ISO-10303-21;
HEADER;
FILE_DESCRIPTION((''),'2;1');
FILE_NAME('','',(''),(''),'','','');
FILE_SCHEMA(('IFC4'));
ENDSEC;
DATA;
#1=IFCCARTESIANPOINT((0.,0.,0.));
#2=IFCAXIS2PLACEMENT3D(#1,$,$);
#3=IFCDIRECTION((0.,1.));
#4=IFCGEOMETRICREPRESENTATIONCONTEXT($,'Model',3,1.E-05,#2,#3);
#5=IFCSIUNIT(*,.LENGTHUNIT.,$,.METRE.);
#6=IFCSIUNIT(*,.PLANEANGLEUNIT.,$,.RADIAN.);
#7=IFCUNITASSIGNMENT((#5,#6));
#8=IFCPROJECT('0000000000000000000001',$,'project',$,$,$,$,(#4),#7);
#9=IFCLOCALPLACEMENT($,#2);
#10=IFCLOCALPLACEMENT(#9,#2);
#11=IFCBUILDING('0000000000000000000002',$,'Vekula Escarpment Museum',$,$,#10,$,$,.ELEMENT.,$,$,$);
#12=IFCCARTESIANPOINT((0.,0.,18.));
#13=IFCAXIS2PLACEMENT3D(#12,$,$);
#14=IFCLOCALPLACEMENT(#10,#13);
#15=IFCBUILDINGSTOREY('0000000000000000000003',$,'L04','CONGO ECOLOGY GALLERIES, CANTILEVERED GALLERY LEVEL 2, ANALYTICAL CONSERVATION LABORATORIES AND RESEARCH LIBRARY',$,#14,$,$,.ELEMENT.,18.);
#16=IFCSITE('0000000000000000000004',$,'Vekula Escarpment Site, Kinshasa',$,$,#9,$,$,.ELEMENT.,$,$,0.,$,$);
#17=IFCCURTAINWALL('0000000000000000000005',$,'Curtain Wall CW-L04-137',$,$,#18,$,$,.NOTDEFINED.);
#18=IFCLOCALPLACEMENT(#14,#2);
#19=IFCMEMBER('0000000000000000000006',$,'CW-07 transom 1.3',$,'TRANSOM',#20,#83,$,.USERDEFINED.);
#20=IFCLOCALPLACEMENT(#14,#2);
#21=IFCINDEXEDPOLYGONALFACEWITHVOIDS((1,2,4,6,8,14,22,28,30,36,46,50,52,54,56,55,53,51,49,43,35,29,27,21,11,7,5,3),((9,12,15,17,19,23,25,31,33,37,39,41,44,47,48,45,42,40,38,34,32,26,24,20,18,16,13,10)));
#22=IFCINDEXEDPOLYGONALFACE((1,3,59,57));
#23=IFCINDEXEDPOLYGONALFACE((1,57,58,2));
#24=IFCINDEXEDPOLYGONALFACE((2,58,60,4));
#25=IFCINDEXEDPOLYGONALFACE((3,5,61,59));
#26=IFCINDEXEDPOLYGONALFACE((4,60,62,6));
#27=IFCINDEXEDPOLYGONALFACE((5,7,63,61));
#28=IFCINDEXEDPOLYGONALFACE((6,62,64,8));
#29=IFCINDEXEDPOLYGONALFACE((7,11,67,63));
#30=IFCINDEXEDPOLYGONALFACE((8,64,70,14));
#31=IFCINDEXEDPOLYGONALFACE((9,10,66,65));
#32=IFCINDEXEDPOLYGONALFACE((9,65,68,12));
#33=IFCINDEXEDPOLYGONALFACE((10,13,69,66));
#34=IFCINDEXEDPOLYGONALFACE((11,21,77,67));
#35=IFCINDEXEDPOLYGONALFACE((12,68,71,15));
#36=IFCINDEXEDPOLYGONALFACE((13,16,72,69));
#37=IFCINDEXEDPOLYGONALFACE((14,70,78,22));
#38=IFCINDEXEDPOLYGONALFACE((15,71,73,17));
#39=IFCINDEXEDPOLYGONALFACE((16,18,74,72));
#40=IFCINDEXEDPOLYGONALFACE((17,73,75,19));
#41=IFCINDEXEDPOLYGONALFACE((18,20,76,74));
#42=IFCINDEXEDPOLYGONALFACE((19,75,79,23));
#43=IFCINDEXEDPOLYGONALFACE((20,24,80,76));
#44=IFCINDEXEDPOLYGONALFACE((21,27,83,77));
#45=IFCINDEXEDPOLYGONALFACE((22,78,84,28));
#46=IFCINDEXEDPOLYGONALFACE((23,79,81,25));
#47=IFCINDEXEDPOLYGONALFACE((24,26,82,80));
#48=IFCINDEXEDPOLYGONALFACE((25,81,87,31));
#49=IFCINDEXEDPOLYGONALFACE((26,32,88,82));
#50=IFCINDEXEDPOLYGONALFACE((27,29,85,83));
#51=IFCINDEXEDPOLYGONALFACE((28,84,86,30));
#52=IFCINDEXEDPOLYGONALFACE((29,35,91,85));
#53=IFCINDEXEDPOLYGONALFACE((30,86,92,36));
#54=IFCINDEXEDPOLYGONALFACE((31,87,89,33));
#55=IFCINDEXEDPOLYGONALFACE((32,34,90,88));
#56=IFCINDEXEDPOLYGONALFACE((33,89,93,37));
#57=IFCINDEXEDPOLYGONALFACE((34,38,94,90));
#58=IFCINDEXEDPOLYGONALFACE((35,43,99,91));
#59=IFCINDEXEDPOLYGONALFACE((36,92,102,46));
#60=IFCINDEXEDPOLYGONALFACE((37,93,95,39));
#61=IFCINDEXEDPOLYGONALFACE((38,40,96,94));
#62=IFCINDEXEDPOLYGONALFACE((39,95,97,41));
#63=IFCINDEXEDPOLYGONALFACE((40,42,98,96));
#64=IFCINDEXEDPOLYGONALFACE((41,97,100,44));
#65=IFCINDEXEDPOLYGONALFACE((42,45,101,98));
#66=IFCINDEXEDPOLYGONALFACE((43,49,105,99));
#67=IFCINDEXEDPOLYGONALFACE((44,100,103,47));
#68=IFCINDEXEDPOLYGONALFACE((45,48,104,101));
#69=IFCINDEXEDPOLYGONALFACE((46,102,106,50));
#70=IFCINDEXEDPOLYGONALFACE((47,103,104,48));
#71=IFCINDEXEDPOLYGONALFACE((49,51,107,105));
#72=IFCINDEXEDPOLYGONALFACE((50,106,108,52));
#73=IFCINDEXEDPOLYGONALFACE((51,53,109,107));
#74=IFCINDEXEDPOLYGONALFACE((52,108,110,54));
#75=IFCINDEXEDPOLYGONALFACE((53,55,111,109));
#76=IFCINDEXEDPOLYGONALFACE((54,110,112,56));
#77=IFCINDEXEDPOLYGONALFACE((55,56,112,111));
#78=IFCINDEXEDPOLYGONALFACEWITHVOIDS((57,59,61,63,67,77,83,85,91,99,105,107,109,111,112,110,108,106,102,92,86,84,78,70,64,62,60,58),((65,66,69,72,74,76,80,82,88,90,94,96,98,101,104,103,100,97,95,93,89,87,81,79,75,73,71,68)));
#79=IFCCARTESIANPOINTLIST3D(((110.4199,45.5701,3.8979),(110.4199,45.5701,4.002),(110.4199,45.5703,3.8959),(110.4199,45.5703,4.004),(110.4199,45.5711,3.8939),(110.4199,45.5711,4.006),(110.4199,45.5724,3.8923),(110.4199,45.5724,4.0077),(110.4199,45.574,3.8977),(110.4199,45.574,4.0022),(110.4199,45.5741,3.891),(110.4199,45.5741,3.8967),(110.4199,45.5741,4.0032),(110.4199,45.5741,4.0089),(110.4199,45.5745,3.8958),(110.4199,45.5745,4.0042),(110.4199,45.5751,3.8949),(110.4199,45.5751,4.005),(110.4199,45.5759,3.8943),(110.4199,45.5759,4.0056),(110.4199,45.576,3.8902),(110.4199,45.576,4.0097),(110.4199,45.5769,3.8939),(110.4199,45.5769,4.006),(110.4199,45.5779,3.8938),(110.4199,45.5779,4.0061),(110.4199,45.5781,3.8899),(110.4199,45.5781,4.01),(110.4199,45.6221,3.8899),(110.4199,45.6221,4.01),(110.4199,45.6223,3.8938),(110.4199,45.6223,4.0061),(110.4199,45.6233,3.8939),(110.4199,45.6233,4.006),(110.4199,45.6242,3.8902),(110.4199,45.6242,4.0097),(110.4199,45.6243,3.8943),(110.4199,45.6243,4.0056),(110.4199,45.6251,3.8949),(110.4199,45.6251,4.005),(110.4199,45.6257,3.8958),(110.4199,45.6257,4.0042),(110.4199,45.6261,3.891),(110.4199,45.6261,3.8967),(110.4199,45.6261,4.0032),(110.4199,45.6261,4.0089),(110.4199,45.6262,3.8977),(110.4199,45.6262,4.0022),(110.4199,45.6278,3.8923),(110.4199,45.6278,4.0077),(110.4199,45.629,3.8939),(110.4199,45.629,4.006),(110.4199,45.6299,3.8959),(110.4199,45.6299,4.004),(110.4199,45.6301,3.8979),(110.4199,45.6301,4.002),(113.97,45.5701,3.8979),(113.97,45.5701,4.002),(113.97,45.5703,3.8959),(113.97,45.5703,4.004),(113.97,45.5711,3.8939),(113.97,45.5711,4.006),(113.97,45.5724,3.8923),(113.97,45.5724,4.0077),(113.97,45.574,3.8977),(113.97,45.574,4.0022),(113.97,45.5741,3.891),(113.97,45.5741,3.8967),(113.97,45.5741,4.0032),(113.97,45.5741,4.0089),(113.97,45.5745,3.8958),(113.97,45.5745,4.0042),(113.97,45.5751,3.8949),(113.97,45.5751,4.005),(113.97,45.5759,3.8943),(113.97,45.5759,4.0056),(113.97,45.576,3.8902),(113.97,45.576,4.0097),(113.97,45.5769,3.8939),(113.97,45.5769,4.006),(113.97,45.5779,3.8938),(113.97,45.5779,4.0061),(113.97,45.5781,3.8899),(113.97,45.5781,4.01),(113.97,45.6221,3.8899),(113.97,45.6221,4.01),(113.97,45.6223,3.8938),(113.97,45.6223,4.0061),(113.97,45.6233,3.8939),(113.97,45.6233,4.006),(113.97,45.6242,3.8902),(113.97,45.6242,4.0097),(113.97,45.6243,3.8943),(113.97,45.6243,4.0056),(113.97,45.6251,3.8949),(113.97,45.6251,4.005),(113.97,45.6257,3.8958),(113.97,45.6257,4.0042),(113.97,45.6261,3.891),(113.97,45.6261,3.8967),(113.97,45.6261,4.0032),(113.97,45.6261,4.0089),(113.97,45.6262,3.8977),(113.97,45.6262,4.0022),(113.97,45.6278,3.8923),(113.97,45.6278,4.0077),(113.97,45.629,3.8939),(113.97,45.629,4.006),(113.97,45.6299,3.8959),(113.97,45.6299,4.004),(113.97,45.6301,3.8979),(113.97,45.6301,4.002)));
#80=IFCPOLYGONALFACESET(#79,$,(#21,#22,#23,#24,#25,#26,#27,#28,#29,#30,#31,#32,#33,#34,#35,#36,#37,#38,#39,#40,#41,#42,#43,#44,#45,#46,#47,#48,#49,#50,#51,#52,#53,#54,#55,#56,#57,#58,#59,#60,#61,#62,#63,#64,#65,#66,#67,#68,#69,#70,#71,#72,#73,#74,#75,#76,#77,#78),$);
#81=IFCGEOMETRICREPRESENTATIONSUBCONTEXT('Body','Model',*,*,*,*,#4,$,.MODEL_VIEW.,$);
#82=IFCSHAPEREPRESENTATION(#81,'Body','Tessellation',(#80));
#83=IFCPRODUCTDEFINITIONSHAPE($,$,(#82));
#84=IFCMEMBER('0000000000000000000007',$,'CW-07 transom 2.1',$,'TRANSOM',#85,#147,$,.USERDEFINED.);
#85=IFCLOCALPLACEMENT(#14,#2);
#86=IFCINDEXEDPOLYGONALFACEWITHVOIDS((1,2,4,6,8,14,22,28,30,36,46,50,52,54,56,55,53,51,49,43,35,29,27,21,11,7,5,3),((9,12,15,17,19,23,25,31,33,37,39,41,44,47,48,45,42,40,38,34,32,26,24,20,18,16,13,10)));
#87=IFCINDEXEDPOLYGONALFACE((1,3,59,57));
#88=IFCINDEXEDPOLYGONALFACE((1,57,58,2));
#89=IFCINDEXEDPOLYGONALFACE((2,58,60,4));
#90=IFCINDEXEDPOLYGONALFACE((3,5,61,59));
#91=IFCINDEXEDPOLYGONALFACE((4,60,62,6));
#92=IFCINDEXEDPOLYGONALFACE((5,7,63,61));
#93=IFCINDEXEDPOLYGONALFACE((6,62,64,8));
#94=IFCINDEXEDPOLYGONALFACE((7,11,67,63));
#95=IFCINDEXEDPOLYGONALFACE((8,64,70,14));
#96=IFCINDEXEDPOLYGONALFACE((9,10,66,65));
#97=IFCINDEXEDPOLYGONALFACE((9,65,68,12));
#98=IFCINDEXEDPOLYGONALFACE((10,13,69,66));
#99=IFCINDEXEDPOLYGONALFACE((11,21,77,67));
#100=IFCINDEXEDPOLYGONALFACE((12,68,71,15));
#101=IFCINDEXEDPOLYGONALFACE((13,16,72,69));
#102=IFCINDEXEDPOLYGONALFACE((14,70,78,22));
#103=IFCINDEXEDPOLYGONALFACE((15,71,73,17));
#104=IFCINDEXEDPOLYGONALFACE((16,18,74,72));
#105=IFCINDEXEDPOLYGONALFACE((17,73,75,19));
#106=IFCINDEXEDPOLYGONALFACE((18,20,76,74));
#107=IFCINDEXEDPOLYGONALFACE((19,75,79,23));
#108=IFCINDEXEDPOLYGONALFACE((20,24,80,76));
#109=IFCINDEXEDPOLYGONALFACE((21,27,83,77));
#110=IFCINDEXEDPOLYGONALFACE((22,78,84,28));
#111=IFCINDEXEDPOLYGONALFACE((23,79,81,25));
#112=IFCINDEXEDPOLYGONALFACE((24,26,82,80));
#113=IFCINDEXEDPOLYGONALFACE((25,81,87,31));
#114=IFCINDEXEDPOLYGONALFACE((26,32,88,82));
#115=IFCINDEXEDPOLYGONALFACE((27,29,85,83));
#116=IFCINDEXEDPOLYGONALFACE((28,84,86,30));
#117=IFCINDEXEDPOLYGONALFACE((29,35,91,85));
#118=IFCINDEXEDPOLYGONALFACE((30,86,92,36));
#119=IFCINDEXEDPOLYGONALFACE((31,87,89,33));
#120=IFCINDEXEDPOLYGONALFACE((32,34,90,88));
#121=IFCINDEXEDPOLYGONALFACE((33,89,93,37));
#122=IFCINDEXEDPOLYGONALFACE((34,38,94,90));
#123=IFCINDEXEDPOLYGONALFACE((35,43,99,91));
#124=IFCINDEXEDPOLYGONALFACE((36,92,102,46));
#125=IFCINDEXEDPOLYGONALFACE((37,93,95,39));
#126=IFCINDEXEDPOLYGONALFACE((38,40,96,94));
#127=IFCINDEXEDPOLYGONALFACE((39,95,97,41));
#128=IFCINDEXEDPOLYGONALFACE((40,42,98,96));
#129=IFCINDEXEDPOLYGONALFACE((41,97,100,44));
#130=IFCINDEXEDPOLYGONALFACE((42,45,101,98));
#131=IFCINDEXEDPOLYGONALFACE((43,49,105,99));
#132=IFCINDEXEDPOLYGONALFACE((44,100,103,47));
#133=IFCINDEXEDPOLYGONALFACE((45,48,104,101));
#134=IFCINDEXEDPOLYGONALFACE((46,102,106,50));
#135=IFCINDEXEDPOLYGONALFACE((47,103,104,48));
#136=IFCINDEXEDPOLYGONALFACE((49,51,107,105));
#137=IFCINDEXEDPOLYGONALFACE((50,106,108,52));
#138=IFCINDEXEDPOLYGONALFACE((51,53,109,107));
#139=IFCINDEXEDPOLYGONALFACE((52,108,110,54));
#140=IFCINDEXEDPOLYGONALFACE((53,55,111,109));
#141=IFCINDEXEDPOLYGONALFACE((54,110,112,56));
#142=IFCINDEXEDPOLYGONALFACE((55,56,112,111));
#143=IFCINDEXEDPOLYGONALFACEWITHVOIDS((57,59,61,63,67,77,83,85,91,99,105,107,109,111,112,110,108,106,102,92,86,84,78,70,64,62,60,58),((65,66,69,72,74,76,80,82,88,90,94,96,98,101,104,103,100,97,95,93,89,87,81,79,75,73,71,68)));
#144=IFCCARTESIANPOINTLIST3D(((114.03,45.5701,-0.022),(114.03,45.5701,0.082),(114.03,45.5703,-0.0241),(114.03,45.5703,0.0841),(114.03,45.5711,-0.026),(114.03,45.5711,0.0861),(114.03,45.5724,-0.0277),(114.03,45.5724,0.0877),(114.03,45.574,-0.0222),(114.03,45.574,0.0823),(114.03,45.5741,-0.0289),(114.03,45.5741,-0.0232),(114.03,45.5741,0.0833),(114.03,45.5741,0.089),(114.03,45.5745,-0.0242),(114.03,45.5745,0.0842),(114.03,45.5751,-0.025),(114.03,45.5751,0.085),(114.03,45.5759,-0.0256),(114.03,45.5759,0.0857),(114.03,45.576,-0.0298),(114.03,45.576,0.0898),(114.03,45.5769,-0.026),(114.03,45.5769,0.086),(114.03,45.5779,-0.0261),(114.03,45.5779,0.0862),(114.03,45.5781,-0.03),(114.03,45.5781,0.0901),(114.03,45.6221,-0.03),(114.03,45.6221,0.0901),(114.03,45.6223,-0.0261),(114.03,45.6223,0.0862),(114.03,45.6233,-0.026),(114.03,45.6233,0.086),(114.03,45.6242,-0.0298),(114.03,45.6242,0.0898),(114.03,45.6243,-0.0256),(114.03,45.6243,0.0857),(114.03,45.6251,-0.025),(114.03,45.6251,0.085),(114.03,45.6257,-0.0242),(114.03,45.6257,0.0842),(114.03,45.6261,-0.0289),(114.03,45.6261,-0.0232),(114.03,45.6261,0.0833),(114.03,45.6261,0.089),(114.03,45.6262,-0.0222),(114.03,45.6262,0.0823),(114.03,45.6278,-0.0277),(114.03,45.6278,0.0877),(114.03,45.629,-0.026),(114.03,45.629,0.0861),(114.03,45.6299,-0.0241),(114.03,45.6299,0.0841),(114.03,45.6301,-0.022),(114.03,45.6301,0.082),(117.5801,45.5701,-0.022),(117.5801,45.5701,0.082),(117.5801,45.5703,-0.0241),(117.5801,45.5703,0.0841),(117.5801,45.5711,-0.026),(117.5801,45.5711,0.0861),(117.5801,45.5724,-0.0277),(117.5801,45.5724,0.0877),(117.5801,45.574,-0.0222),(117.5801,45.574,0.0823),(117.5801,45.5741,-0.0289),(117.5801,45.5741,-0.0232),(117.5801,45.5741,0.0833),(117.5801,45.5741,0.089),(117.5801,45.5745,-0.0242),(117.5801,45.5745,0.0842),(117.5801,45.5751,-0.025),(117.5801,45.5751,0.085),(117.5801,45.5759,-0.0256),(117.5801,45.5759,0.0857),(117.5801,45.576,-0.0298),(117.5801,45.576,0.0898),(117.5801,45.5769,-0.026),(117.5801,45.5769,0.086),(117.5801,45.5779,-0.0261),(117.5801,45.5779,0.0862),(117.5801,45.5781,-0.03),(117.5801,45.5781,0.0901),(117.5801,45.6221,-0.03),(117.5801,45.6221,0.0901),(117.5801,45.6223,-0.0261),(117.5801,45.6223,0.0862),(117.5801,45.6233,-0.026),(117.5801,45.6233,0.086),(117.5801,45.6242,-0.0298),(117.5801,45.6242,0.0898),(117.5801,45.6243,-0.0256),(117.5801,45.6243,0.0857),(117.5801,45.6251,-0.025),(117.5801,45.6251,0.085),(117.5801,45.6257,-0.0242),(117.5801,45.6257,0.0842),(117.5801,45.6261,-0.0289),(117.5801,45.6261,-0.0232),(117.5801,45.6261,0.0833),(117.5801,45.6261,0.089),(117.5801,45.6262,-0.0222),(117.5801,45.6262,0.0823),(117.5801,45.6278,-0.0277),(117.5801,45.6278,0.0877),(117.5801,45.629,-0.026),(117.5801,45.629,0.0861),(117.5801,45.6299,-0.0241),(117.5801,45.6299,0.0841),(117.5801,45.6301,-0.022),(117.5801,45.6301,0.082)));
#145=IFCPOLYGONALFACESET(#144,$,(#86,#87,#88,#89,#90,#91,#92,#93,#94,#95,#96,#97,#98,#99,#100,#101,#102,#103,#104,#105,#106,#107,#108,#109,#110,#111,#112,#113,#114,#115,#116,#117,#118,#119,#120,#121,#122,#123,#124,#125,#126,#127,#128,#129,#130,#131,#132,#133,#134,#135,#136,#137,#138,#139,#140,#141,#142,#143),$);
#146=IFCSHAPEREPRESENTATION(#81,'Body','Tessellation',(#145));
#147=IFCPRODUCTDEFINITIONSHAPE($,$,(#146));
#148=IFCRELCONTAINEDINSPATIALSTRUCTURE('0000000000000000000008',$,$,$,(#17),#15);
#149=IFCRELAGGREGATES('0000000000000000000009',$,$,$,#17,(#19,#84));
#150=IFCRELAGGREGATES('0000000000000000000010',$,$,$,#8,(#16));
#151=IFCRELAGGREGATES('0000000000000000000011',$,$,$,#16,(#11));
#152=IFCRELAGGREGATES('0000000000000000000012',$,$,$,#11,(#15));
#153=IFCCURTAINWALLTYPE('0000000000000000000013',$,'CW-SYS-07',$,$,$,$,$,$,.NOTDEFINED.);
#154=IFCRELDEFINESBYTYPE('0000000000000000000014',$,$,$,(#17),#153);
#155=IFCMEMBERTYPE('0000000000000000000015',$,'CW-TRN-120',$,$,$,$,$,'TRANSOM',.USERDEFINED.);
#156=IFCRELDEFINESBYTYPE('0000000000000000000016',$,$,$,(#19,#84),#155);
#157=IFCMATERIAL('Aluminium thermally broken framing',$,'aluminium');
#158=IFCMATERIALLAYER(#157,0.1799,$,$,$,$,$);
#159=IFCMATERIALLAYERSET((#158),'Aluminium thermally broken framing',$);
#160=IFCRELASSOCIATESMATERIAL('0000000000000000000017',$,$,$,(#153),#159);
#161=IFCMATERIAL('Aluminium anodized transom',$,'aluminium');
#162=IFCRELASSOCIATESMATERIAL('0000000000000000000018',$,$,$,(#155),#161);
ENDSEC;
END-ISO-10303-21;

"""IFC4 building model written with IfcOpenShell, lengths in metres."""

from ifc_helpers import new_model, si_unit, direction, frame, origin, origin_2d, place, context, subcontext, project, spatial, hollow_rectangle, extrude, material, layer, layer_set, material_profile, profile_set, type_object, element, aggregate, save


model = new_model("IFC4")

# Units and contexts
model_context = context("Model", 3, precision=1e-05, world=origin(), true_north=direction((0.0, 1.0)))
body_context = subcontext(model_context, "Body", "Model", "MODEL_VIEW")
ifc_project = project(units=[si_unit("LENGTHUNIT", "METRE"), si_unit("PLANEANGLEUNIT", "RADIAN")], contexts=[model_context])

# Site, building, storey
site_placement = place(None, origin())
site = spatial("IfcSite", under=ifc_project, at=site_placement, Name="Vekula Escarpment Site, Kinshasa", CompositionType="ELEMENT", RefElevation=0.0)
building_placement = place(site_placement, origin())
building = spatial("IfcBuilding", under=site, at=building_placement, Name="Vekula Escarpment Museum", CompositionType="ELEMENT")
storey_placement = place(building_placement, frame((0.0, 0.0, 18.0)))
storey = spatial("IfcBuildingStorey", under=building, at=storey_placement, Name="L04", Description="CONGO ECOLOGY GALLERIES, CANTILEVERED GALLERY LEVEL 2, ANALYTICAL CONSERVATION LABORATORIES AND RESEARCH LIBRARY", CompositionType="ELEMENT", Elevation=18.0)

# Curtain wall, members
ifc_material_1 = material(Name="Aluminium thermally broken framing", Category="aluminium")
ifc_layer_1 = layer(ifc_material_1, 0.1799)
ifc_layer_set_1 = layer_set([ifc_layer_1], Name="Aluminium thermally broken framing")
curtain_wall_type_1 = type_object("IfcCurtainWallType", Name="CW-SYS-07", PredefinedType="NOTDEFINED", material=ifc_layer_set_1)
curtain_wall_1_placement = place(storey_placement, origin())
curtain_wall_1 = element("IfcCurtainWall", 1, at=curtain_wall_1_placement, inside=storey, type_object=curtain_wall_type_1, Name="Curtain Wall CW-L04-137", PredefinedType="NOTDEFINED")
ifc_material_2 = material(Name="Aluminium anodized transom", Category="aluminium")
ifc_material_profile_1 = material_profile(ifc_material_2, hollow_rectangle(XDim=0.0601, YDim=0.1201, WallThickness=0.0039, InnerFilletRadius=0.0039, OuterFilletRadius=0.0081, at=origin_2d()), Name="ALU 120x60x4")
ifc_profile_set_1 = profile_set([ifc_material_profile_1], Name="Aluminium anodized transom")
member_type_1 = type_object("IfcMemberType", Name="CW-TRN-120", ElementType="TRANSOM", PredefinedType="USERDEFINED", material=ifc_profile_set_1)
member_1_placement = place(storey_placement, frame((110.4199, 45.6001, 3.95), z_axis=(1.0, 0.0, 0.0), x_axis=(0.0, 1.0, 0.0)))
member_1 = element("IfcMember", 2, at=member_1_placement, type_object=member_type_1, Name="CW-07 transom 1.3", ObjectType="TRANSOM", PredefinedType="USERDEFINED", context=body_context, shape_type="SweptSolid", body=[
    extrude(hollow_rectangle(XDim=0.0601, YDim=0.1201, WallThickness=0.0039, InnerFilletRadius=0.0039, OuterFilletRadius=0.0081, at=origin_2d()), origin(), (0.0, 0.0, 1.0), 3.55),
])
member_2_placement = place(storey_placement, frame((114.03, 45.6001, 0.03), z_axis=(1.0, 0.0, 0.0), x_axis=(0.0, 1.0, 0.0)))
member_2 = element("IfcMember", 3, at=member_2_placement, type_object=member_type_1, Name="CW-07 transom 2.1", ObjectType="TRANSOM", PredefinedType="USERDEFINED", context=body_context, shape_type="SweptSolid", body=[
    extrude(hollow_rectangle(XDim=0.0601, YDim=0.1201, WallThickness=0.0039, InnerFilletRadius=0.0039, OuterFilletRadius=0.0081, at=origin_2d()), origin(), (0.0, 0.0, 1.0), 3.55),
])

aggregate(curtain_wall_1, [member_1, member_2])

save(model, "model.ifc")
